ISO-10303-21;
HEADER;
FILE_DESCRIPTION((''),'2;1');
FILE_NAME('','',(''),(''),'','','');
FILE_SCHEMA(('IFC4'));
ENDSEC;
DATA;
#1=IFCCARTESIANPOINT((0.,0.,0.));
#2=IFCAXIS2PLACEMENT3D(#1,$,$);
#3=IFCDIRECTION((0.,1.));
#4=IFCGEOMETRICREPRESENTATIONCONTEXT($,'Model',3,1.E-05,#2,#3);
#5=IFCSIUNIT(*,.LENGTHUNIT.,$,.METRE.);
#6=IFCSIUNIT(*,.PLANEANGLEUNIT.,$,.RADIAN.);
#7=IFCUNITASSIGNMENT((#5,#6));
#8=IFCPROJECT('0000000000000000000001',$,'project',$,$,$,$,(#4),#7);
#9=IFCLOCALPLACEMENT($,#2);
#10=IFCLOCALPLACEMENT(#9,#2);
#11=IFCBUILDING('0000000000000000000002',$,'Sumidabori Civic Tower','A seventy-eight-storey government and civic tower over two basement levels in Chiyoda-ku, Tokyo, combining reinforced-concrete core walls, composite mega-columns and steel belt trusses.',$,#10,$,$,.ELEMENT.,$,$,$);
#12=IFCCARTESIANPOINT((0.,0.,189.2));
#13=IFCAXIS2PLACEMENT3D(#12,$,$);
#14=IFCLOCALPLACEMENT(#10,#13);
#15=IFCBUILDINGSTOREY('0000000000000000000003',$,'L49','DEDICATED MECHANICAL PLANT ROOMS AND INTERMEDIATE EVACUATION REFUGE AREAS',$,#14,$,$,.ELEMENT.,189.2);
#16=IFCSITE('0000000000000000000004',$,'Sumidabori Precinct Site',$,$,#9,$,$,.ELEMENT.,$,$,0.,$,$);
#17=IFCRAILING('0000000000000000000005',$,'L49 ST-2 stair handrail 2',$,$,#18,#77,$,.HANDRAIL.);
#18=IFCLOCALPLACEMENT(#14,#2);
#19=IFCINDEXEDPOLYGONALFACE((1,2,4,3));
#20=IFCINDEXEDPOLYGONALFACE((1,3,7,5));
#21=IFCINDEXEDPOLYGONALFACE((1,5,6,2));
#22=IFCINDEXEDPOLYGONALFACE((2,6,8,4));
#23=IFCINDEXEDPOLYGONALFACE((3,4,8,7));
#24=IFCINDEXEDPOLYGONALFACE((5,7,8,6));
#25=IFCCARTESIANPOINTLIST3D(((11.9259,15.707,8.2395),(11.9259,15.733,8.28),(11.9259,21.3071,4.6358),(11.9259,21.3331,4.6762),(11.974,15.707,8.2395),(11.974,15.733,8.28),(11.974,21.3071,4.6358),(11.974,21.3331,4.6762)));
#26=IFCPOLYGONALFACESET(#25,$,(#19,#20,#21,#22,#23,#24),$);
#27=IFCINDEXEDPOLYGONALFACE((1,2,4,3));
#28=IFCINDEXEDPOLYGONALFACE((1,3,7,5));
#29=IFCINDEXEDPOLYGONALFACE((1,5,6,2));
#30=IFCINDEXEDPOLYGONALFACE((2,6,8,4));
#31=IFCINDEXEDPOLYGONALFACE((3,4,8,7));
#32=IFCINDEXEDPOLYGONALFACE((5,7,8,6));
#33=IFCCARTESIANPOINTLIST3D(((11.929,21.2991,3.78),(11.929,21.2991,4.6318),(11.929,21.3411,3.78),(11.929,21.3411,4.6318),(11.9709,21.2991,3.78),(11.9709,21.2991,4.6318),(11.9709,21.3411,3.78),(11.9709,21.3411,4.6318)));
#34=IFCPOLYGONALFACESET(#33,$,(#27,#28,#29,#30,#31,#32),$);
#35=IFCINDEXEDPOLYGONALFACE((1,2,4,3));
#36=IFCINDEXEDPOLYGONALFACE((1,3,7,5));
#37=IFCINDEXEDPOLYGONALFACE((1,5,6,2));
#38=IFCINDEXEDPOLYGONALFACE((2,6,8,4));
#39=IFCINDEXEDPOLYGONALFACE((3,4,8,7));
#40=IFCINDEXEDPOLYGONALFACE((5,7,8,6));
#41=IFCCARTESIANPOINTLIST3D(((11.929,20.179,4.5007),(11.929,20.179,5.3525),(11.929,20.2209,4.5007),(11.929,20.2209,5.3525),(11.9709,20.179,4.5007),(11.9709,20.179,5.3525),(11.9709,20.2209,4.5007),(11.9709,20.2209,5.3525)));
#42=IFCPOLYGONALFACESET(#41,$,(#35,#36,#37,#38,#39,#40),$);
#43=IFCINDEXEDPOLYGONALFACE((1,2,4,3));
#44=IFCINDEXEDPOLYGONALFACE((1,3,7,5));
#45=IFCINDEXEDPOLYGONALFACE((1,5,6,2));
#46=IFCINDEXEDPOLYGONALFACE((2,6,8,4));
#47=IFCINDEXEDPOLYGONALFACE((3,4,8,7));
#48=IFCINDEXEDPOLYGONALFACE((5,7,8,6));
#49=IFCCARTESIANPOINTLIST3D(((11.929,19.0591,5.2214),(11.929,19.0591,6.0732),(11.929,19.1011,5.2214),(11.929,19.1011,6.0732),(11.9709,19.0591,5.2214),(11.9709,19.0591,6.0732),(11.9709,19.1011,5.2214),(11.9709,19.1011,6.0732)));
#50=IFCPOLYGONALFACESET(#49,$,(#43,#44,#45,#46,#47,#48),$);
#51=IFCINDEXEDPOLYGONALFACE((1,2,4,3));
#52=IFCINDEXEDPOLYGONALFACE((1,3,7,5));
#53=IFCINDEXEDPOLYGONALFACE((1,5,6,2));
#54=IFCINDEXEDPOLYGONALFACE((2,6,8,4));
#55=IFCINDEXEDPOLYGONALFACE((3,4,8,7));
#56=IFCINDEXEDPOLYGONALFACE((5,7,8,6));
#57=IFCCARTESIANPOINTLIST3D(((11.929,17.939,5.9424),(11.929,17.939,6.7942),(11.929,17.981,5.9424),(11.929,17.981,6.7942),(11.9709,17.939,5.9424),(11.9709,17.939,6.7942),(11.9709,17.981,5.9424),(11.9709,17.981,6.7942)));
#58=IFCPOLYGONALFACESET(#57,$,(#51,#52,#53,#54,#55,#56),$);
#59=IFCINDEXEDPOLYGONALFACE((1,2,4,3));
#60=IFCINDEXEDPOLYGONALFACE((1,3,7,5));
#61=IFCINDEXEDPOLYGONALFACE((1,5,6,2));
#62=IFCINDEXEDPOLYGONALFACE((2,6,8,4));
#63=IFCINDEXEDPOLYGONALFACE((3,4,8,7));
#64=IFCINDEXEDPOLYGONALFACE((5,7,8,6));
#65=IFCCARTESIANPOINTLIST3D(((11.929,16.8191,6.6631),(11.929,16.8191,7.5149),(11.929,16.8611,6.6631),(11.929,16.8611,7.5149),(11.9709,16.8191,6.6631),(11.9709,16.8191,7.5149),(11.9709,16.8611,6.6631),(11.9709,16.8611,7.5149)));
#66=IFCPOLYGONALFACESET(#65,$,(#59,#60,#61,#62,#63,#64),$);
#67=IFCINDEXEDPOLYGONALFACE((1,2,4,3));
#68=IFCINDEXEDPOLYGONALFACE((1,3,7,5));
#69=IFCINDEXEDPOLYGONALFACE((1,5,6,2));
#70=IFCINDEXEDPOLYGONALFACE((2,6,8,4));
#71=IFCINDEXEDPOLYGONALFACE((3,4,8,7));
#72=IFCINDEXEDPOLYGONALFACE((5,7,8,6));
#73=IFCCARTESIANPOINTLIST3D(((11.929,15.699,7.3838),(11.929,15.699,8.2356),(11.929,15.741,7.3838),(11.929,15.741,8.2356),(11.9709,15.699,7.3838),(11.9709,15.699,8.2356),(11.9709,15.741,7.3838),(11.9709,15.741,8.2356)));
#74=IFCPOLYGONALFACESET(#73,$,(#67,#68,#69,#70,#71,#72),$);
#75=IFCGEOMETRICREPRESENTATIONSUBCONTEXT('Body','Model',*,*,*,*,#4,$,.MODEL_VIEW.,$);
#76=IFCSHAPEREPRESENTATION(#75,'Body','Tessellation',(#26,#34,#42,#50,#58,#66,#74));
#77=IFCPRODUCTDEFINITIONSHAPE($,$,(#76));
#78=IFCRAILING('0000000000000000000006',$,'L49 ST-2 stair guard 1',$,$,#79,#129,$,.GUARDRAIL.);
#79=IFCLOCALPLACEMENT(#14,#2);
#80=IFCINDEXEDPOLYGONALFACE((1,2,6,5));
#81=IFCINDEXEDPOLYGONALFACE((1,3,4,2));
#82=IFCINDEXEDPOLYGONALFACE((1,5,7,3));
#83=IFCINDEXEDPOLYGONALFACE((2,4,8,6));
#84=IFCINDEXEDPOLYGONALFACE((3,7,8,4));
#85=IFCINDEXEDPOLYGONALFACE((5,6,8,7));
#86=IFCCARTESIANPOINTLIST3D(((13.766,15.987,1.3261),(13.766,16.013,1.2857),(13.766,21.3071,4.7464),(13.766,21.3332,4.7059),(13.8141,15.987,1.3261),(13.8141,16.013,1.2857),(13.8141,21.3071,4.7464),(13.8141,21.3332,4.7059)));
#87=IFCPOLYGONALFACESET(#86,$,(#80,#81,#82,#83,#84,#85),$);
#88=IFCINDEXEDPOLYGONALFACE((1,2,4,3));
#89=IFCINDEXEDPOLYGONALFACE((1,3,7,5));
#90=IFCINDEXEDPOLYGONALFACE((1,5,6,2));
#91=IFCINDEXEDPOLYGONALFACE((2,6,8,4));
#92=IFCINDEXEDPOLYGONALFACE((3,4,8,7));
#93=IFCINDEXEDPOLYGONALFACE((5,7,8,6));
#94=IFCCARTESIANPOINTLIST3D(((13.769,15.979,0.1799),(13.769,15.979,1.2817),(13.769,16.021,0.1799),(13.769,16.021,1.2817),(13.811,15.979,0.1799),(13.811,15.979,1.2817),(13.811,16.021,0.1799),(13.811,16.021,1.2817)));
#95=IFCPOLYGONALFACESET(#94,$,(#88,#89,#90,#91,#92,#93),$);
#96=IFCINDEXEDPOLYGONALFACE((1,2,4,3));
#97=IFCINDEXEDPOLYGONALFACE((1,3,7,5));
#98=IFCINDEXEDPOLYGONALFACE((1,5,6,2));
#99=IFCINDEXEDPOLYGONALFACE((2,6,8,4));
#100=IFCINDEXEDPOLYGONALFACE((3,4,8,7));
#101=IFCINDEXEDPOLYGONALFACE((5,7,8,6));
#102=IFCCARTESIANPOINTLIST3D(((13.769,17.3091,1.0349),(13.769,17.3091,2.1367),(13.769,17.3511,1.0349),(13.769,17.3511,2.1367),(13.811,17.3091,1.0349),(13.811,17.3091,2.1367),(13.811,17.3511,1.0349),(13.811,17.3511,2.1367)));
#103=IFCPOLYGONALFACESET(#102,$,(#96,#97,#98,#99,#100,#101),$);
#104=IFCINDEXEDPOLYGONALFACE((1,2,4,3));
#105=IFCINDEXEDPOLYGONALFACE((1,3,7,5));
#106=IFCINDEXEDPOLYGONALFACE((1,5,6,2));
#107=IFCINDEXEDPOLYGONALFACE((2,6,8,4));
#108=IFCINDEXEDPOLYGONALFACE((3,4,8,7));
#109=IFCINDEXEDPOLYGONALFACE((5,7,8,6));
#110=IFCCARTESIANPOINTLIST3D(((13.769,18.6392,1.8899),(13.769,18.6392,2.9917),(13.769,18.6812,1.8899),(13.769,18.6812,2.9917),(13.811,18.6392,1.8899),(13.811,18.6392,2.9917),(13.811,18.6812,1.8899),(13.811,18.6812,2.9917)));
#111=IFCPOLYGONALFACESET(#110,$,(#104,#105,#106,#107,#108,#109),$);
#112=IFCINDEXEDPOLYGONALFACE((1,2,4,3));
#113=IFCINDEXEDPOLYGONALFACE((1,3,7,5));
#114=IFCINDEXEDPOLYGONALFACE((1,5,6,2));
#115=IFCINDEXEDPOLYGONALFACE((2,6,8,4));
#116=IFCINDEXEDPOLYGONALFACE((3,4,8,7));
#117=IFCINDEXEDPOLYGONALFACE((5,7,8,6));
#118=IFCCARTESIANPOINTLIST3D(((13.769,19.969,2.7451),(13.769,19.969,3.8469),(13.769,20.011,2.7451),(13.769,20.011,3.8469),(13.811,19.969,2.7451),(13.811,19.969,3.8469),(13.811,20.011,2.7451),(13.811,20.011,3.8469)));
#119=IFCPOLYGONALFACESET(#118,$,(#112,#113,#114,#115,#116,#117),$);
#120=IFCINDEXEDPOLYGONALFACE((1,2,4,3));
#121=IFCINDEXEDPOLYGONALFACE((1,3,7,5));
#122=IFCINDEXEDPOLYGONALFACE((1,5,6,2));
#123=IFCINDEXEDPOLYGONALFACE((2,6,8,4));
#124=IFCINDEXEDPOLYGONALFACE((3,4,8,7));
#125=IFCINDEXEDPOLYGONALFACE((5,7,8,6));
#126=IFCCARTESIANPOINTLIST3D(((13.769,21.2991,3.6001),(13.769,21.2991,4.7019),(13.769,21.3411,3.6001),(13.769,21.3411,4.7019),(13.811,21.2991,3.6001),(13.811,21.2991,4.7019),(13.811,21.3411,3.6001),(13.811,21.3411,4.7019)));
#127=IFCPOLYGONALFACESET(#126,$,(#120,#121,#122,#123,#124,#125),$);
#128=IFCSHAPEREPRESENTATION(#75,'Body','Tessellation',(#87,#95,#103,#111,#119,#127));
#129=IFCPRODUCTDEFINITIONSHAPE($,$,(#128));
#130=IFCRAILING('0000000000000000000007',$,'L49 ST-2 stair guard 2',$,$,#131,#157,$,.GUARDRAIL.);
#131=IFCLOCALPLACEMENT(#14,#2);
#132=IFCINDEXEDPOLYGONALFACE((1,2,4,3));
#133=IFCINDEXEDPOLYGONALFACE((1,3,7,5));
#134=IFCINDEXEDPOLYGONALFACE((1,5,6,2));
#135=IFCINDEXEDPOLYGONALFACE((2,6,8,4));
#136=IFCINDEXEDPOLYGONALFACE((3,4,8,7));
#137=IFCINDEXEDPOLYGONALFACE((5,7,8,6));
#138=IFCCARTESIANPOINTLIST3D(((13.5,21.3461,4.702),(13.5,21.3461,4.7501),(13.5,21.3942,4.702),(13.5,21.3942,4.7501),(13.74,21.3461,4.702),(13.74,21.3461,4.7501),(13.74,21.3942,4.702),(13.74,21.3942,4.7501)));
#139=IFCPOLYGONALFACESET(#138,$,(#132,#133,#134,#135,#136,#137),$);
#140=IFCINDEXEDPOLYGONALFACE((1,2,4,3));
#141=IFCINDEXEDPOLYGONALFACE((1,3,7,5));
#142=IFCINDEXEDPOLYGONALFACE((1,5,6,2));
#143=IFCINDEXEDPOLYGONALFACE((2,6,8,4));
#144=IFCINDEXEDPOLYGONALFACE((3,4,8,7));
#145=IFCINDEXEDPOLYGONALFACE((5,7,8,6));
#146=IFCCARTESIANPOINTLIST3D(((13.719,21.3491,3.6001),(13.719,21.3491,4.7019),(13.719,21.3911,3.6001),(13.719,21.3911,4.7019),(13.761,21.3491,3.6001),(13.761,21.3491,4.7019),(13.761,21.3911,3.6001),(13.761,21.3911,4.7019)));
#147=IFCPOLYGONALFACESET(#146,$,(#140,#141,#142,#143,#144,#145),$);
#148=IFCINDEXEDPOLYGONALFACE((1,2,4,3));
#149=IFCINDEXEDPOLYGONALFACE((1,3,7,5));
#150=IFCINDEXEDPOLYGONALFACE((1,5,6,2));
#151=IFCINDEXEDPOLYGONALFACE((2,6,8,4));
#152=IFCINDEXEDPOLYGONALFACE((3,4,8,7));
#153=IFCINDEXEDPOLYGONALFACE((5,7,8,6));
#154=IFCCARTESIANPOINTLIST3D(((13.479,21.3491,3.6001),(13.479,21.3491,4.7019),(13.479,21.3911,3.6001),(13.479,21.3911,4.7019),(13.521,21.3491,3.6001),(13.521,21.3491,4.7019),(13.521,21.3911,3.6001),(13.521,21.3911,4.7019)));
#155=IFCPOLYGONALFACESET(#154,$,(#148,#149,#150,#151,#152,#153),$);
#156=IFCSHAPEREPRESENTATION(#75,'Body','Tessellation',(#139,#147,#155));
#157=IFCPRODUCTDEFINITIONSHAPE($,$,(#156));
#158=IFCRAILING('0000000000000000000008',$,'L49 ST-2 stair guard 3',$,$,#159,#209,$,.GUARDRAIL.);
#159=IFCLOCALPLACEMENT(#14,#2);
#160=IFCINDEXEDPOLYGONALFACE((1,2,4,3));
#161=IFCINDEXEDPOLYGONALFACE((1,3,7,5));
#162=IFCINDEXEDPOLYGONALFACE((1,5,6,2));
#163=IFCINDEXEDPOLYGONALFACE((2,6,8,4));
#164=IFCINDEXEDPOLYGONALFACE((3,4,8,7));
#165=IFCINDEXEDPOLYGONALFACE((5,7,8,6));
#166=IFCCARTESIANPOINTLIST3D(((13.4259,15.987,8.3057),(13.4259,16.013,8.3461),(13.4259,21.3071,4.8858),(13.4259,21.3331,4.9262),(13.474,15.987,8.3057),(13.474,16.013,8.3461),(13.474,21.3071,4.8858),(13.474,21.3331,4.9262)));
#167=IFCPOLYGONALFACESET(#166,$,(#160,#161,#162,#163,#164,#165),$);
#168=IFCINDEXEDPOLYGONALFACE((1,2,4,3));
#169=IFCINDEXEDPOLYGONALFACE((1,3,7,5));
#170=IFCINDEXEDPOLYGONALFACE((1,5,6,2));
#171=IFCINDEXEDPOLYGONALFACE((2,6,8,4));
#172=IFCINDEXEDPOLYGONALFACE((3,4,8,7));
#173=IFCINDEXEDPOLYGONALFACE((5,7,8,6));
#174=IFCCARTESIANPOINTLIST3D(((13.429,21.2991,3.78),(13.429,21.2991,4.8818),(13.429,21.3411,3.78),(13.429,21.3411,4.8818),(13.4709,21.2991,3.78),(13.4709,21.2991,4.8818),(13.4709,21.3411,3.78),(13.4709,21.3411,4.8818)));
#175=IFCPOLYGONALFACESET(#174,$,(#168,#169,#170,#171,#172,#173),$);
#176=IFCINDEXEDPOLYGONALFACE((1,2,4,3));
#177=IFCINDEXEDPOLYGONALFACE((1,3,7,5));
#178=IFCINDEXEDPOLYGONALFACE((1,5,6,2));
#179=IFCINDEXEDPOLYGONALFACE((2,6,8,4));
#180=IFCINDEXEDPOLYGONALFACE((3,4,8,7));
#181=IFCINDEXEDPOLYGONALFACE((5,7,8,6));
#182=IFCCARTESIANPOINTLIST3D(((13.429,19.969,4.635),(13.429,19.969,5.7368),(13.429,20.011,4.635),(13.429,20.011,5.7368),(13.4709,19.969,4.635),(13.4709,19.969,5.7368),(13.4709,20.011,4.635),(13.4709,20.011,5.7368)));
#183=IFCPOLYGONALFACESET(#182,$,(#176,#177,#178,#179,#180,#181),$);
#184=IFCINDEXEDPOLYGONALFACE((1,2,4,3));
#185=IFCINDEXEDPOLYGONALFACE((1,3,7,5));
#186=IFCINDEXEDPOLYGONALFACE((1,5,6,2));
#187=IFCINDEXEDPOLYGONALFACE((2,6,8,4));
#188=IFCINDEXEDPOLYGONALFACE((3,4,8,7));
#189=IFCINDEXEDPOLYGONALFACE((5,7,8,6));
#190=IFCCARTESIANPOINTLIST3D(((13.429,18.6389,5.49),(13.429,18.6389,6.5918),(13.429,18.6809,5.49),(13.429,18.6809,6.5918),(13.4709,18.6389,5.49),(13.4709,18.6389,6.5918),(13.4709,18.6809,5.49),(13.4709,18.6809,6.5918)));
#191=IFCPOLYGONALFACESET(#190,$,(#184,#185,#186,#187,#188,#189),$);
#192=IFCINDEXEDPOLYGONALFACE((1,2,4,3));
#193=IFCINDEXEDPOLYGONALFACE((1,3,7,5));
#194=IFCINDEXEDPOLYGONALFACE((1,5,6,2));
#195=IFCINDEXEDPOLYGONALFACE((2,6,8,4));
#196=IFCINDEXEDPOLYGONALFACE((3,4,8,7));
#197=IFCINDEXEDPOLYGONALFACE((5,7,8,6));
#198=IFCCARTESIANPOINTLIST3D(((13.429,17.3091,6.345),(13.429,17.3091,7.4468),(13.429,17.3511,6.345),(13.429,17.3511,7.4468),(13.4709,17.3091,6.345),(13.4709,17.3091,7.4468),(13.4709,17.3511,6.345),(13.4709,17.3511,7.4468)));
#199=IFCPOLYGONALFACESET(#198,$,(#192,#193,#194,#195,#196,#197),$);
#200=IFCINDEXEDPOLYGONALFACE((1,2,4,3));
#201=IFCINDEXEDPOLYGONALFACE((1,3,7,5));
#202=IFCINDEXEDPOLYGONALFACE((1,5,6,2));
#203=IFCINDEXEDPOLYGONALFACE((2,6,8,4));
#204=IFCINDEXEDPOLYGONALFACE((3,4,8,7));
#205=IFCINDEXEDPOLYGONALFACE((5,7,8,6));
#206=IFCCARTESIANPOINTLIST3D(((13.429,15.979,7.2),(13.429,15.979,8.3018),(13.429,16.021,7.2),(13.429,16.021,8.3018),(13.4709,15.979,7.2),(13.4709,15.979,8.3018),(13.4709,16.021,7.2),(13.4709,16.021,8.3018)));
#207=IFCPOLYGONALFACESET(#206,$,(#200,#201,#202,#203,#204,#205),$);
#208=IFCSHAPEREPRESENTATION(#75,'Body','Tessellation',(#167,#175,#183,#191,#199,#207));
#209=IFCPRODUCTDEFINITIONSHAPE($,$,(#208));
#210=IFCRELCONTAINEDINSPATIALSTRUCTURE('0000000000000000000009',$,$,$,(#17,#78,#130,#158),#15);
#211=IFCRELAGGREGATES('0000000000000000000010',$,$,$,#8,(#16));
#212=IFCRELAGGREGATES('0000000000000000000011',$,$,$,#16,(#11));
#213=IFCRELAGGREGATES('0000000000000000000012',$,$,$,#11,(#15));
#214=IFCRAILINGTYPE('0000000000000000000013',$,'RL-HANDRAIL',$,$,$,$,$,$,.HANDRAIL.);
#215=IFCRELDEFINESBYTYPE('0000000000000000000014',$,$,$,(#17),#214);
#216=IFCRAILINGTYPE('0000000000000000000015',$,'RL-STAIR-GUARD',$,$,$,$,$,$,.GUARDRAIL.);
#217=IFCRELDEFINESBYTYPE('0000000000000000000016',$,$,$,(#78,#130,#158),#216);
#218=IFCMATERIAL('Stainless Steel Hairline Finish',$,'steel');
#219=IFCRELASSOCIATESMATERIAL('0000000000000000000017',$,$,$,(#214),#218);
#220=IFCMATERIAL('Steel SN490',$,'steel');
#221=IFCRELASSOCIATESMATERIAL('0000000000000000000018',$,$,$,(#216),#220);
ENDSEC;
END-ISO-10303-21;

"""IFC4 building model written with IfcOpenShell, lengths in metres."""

from ifc_helpers import new_model, si_unit, direction, frame, origin, origin_2d, place, context, subcontext, project, spatial, rectangle, extrude, material, type_object, element, save


model = new_model("IFC4")

# Units and contexts
model_context = context("Model", 3, precision=1e-05, world=origin(), true_north=direction((0.0, 1.0)))
body_context = subcontext(model_context, "Body", "Model", "MODEL_VIEW")
ifc_project = project(units=[si_unit("LENGTHUNIT", "METRE"), si_unit("PLANEANGLEUNIT", "RADIAN")], contexts=[model_context])

# Site, building, storey
site_placement = place(None, origin())
site = spatial("IfcSite", under=ifc_project, at=site_placement, Name="Sumidabori Precinct Site", CompositionType="ELEMENT", RefElevation=0.0)
building_placement = place(site_placement, origin())
building = spatial("IfcBuilding", under=site, at=building_placement, Name="Sumidabori Civic Tower", Description="A seventy-eight-storey government and civic tower over two basement levels in Chiyoda-ku, Tokyo, combining reinforced-concrete core walls, composite mega-columns and steel belt trusses.", CompositionType="ELEMENT")
storey_placement = place(building_placement, frame((0.0, 0.0, 189.2)))
storey = spatial("IfcBuildingStorey", under=building, at=storey_placement, Name="L49", Description="DEDICATED MECHANICAL PLANT ROOMS AND INTERMEDIATE EVACUATION REFUGE AREAS", CompositionType="ELEMENT", Elevation=189.2)

# Shared definitions
ifc_material_1 = material(Name="Steel SN490", Category="steel")

# Shared definitions
ifc_material_2 = material(Name="Stainless Steel Hairline Finish", Category="steel")

# Railings
railing_type_1 = type_object("IfcRailingType", Name="RL-HANDRAIL", PredefinedType="HANDRAIL", material=ifc_material_2)
railing_1_placement = place(storey_placement, frame((11.95, 21.3201, 3.78)))
element("IfcRailing", 1, at=railing_1_placement, inside=storey, type_object=railing_type_1, Name="L49 ST-2 stair handrail 2", PredefinedType="HANDRAIL", context=body_context, shape_type="SweptSolid", body=[
    extrude(rectangle(XDim=0.0481, YDim=0.0481, at=origin_2d()), frame((0.0, 0.0, 0.876), z_axis=(0.0, -0.840926, 0.54115), x_axis=(1.0, 0.0, 0.0)), (0.0, 0.0, 1.0), 6.6594),
    extrude(rectangle(XDim=0.042, YDim=0.042, at=origin_2d()), origin(), (0.0, 0.0, 1.0), 0.8518),
    extrude(rectangle(XDim=0.042, YDim=0.042, at=origin_2d()), frame((0.0, -1.1201, 0.7207)), (0.0, 0.0, 1.0), 0.8518),
    extrude(rectangle(XDim=0.042, YDim=0.042, at=origin_2d()), frame((0.0, -2.24, 1.4414)), (0.0, 0.0, 1.0), 0.8518),
    extrude(rectangle(XDim=0.042, YDim=0.042, at=origin_2d()), frame((0.0, -3.3601, 2.1624)), (0.0, 0.0, 1.0), 0.8518),
    extrude(rectangle(XDim=0.042, YDim=0.042, at=origin_2d()), frame((0.0, -4.48, 2.8831)), (0.0, 0.0, 1.0), 0.8518),
    extrude(rectangle(XDim=0.042, YDim=0.042, at=origin_2d()), frame((0.0, -5.6001, 3.6038)), (0.0, 0.0, 1.0), 0.8518),
])
railing_type_2 = type_object("IfcRailingType", Name="RL-STAIR-GUARD", PredefinedType="GUARDRAIL", material=ifc_material_1)
railing_2_placement = place(storey_placement, frame((13.79, 16.0, 0.1799)))
element("IfcRailing", 2, at=railing_2_placement, inside=storey, type_object=railing_type_2, Name="L49 ST-2 stair guard 1", PredefinedType="GUARDRAIL", context=body_context, shape_type="SweptSolid", body=[
    extrude(rectangle(XDim=0.0481, YDim=0.0481, at=origin_2d()), frame((0.0, 0.0, 1.126), z_axis=(0.0, 0.84117, 0.540771), x_axis=(-1.0, 0.0, 0.0)), (0.0, 0.0, 1.0), 6.3247),
    extrude(rectangle(XDim=0.042, YDim=0.042, at=origin_2d()), origin(), (0.0, 0.0, 1.0), 1.1018),
    extrude(rectangle(XDim=0.042, YDim=0.042, at=origin_2d()), frame((0.0, 1.3301, 0.855)), (0.0, 0.0, 1.0), 1.1018),
    extrude(rectangle(XDim=0.042, YDim=0.042, at=origin_2d()), frame((0.0, 2.6602, 1.71)), (0.0, 0.0, 1.0), 1.1018),
    extrude(rectangle(XDim=0.042, YDim=0.042, at=origin_2d()), frame((0.0, 3.99, 2.5652)), (0.0, 0.0, 1.0), 1.1018),
    extrude(rectangle(XDim=0.042, YDim=0.042, at=origin_2d()), frame((0.0, 5.3201, 3.4202)), (0.0, 0.0, 1.0), 1.1018),
])
railing_3_placement = place(storey_placement, frame((13.74, 21.3701, 3.6001)))
element("IfcRailing", 3, at=railing_3_placement, inside=storey, type_object=railing_type_2, Name="L49 ST-2 stair guard 2", PredefinedType="GUARDRAIL", context=body_context, shape_type="SweptSolid", body=[
    extrude(rectangle(XDim=0.0481, YDim=0.0481, at=origin_2d()), frame((0.0, 0.0, 1.126), z_axis=(-1.0, 0.0, 0.0), x_axis=(0.0, -1.0, 0.0)), (0.0, 0.0, 1.0), 0.24),
    extrude(rectangle(XDim=0.042, YDim=0.042, at=origin_2d()), origin(), (0.0, 0.0, 1.0), 1.1018),
    extrude(rectangle(XDim=0.042, YDim=0.042, at=origin_2d()), frame((-0.24, 0.0, 0.0)), (0.0, 0.0, 1.0), 1.1018),
])
railing_4_placement = place(storey_placement, frame((13.45, 21.3201, 3.78)))
element("IfcRailing", 4, at=railing_4_placement, inside=storey, type_object=railing_type_2, Name="L49 ST-2 stair guard 3", PredefinedType="GUARDRAIL", context=body_context, shape_type="SweptSolid", body=[
    extrude(rectangle(XDim=0.0481, YDim=0.0481, at=origin_2d()), frame((0.0, 0.0, 1.126), z_axis=(0.0, -0.841187, 0.540744), x_axis=(1.0, 0.0, 0.0)), (0.0, 0.0, 1.0), 6.3245),
    extrude(rectangle(XDim=0.042, YDim=0.042, at=origin_2d()), origin(), (0.0, 0.0, 1.0), 1.1018),
    extrude(rectangle(XDim=0.042, YDim=0.042, at=origin_2d()), frame((0.0, -1.3301, 0.855)), (0.0, 0.0, 1.0), 1.1018),
    extrude(rectangle(XDim=0.042, YDim=0.042, at=origin_2d()), frame((0.0, -2.6602, 1.71)), (0.0, 0.0, 1.0), 1.1018),
    extrude(rectangle(XDim=0.042, YDim=0.042, at=origin_2d()), frame((0.0, -3.99, 2.5649)), (0.0, 0.0, 1.0), 1.1018),
    extrude(rectangle(XDim=0.042, YDim=0.042, at=origin_2d()), frame((0.0, -5.3201, 3.4199)), (0.0, 0.0, 1.0), 1.1018),
])

save(model, "model.ifc")
